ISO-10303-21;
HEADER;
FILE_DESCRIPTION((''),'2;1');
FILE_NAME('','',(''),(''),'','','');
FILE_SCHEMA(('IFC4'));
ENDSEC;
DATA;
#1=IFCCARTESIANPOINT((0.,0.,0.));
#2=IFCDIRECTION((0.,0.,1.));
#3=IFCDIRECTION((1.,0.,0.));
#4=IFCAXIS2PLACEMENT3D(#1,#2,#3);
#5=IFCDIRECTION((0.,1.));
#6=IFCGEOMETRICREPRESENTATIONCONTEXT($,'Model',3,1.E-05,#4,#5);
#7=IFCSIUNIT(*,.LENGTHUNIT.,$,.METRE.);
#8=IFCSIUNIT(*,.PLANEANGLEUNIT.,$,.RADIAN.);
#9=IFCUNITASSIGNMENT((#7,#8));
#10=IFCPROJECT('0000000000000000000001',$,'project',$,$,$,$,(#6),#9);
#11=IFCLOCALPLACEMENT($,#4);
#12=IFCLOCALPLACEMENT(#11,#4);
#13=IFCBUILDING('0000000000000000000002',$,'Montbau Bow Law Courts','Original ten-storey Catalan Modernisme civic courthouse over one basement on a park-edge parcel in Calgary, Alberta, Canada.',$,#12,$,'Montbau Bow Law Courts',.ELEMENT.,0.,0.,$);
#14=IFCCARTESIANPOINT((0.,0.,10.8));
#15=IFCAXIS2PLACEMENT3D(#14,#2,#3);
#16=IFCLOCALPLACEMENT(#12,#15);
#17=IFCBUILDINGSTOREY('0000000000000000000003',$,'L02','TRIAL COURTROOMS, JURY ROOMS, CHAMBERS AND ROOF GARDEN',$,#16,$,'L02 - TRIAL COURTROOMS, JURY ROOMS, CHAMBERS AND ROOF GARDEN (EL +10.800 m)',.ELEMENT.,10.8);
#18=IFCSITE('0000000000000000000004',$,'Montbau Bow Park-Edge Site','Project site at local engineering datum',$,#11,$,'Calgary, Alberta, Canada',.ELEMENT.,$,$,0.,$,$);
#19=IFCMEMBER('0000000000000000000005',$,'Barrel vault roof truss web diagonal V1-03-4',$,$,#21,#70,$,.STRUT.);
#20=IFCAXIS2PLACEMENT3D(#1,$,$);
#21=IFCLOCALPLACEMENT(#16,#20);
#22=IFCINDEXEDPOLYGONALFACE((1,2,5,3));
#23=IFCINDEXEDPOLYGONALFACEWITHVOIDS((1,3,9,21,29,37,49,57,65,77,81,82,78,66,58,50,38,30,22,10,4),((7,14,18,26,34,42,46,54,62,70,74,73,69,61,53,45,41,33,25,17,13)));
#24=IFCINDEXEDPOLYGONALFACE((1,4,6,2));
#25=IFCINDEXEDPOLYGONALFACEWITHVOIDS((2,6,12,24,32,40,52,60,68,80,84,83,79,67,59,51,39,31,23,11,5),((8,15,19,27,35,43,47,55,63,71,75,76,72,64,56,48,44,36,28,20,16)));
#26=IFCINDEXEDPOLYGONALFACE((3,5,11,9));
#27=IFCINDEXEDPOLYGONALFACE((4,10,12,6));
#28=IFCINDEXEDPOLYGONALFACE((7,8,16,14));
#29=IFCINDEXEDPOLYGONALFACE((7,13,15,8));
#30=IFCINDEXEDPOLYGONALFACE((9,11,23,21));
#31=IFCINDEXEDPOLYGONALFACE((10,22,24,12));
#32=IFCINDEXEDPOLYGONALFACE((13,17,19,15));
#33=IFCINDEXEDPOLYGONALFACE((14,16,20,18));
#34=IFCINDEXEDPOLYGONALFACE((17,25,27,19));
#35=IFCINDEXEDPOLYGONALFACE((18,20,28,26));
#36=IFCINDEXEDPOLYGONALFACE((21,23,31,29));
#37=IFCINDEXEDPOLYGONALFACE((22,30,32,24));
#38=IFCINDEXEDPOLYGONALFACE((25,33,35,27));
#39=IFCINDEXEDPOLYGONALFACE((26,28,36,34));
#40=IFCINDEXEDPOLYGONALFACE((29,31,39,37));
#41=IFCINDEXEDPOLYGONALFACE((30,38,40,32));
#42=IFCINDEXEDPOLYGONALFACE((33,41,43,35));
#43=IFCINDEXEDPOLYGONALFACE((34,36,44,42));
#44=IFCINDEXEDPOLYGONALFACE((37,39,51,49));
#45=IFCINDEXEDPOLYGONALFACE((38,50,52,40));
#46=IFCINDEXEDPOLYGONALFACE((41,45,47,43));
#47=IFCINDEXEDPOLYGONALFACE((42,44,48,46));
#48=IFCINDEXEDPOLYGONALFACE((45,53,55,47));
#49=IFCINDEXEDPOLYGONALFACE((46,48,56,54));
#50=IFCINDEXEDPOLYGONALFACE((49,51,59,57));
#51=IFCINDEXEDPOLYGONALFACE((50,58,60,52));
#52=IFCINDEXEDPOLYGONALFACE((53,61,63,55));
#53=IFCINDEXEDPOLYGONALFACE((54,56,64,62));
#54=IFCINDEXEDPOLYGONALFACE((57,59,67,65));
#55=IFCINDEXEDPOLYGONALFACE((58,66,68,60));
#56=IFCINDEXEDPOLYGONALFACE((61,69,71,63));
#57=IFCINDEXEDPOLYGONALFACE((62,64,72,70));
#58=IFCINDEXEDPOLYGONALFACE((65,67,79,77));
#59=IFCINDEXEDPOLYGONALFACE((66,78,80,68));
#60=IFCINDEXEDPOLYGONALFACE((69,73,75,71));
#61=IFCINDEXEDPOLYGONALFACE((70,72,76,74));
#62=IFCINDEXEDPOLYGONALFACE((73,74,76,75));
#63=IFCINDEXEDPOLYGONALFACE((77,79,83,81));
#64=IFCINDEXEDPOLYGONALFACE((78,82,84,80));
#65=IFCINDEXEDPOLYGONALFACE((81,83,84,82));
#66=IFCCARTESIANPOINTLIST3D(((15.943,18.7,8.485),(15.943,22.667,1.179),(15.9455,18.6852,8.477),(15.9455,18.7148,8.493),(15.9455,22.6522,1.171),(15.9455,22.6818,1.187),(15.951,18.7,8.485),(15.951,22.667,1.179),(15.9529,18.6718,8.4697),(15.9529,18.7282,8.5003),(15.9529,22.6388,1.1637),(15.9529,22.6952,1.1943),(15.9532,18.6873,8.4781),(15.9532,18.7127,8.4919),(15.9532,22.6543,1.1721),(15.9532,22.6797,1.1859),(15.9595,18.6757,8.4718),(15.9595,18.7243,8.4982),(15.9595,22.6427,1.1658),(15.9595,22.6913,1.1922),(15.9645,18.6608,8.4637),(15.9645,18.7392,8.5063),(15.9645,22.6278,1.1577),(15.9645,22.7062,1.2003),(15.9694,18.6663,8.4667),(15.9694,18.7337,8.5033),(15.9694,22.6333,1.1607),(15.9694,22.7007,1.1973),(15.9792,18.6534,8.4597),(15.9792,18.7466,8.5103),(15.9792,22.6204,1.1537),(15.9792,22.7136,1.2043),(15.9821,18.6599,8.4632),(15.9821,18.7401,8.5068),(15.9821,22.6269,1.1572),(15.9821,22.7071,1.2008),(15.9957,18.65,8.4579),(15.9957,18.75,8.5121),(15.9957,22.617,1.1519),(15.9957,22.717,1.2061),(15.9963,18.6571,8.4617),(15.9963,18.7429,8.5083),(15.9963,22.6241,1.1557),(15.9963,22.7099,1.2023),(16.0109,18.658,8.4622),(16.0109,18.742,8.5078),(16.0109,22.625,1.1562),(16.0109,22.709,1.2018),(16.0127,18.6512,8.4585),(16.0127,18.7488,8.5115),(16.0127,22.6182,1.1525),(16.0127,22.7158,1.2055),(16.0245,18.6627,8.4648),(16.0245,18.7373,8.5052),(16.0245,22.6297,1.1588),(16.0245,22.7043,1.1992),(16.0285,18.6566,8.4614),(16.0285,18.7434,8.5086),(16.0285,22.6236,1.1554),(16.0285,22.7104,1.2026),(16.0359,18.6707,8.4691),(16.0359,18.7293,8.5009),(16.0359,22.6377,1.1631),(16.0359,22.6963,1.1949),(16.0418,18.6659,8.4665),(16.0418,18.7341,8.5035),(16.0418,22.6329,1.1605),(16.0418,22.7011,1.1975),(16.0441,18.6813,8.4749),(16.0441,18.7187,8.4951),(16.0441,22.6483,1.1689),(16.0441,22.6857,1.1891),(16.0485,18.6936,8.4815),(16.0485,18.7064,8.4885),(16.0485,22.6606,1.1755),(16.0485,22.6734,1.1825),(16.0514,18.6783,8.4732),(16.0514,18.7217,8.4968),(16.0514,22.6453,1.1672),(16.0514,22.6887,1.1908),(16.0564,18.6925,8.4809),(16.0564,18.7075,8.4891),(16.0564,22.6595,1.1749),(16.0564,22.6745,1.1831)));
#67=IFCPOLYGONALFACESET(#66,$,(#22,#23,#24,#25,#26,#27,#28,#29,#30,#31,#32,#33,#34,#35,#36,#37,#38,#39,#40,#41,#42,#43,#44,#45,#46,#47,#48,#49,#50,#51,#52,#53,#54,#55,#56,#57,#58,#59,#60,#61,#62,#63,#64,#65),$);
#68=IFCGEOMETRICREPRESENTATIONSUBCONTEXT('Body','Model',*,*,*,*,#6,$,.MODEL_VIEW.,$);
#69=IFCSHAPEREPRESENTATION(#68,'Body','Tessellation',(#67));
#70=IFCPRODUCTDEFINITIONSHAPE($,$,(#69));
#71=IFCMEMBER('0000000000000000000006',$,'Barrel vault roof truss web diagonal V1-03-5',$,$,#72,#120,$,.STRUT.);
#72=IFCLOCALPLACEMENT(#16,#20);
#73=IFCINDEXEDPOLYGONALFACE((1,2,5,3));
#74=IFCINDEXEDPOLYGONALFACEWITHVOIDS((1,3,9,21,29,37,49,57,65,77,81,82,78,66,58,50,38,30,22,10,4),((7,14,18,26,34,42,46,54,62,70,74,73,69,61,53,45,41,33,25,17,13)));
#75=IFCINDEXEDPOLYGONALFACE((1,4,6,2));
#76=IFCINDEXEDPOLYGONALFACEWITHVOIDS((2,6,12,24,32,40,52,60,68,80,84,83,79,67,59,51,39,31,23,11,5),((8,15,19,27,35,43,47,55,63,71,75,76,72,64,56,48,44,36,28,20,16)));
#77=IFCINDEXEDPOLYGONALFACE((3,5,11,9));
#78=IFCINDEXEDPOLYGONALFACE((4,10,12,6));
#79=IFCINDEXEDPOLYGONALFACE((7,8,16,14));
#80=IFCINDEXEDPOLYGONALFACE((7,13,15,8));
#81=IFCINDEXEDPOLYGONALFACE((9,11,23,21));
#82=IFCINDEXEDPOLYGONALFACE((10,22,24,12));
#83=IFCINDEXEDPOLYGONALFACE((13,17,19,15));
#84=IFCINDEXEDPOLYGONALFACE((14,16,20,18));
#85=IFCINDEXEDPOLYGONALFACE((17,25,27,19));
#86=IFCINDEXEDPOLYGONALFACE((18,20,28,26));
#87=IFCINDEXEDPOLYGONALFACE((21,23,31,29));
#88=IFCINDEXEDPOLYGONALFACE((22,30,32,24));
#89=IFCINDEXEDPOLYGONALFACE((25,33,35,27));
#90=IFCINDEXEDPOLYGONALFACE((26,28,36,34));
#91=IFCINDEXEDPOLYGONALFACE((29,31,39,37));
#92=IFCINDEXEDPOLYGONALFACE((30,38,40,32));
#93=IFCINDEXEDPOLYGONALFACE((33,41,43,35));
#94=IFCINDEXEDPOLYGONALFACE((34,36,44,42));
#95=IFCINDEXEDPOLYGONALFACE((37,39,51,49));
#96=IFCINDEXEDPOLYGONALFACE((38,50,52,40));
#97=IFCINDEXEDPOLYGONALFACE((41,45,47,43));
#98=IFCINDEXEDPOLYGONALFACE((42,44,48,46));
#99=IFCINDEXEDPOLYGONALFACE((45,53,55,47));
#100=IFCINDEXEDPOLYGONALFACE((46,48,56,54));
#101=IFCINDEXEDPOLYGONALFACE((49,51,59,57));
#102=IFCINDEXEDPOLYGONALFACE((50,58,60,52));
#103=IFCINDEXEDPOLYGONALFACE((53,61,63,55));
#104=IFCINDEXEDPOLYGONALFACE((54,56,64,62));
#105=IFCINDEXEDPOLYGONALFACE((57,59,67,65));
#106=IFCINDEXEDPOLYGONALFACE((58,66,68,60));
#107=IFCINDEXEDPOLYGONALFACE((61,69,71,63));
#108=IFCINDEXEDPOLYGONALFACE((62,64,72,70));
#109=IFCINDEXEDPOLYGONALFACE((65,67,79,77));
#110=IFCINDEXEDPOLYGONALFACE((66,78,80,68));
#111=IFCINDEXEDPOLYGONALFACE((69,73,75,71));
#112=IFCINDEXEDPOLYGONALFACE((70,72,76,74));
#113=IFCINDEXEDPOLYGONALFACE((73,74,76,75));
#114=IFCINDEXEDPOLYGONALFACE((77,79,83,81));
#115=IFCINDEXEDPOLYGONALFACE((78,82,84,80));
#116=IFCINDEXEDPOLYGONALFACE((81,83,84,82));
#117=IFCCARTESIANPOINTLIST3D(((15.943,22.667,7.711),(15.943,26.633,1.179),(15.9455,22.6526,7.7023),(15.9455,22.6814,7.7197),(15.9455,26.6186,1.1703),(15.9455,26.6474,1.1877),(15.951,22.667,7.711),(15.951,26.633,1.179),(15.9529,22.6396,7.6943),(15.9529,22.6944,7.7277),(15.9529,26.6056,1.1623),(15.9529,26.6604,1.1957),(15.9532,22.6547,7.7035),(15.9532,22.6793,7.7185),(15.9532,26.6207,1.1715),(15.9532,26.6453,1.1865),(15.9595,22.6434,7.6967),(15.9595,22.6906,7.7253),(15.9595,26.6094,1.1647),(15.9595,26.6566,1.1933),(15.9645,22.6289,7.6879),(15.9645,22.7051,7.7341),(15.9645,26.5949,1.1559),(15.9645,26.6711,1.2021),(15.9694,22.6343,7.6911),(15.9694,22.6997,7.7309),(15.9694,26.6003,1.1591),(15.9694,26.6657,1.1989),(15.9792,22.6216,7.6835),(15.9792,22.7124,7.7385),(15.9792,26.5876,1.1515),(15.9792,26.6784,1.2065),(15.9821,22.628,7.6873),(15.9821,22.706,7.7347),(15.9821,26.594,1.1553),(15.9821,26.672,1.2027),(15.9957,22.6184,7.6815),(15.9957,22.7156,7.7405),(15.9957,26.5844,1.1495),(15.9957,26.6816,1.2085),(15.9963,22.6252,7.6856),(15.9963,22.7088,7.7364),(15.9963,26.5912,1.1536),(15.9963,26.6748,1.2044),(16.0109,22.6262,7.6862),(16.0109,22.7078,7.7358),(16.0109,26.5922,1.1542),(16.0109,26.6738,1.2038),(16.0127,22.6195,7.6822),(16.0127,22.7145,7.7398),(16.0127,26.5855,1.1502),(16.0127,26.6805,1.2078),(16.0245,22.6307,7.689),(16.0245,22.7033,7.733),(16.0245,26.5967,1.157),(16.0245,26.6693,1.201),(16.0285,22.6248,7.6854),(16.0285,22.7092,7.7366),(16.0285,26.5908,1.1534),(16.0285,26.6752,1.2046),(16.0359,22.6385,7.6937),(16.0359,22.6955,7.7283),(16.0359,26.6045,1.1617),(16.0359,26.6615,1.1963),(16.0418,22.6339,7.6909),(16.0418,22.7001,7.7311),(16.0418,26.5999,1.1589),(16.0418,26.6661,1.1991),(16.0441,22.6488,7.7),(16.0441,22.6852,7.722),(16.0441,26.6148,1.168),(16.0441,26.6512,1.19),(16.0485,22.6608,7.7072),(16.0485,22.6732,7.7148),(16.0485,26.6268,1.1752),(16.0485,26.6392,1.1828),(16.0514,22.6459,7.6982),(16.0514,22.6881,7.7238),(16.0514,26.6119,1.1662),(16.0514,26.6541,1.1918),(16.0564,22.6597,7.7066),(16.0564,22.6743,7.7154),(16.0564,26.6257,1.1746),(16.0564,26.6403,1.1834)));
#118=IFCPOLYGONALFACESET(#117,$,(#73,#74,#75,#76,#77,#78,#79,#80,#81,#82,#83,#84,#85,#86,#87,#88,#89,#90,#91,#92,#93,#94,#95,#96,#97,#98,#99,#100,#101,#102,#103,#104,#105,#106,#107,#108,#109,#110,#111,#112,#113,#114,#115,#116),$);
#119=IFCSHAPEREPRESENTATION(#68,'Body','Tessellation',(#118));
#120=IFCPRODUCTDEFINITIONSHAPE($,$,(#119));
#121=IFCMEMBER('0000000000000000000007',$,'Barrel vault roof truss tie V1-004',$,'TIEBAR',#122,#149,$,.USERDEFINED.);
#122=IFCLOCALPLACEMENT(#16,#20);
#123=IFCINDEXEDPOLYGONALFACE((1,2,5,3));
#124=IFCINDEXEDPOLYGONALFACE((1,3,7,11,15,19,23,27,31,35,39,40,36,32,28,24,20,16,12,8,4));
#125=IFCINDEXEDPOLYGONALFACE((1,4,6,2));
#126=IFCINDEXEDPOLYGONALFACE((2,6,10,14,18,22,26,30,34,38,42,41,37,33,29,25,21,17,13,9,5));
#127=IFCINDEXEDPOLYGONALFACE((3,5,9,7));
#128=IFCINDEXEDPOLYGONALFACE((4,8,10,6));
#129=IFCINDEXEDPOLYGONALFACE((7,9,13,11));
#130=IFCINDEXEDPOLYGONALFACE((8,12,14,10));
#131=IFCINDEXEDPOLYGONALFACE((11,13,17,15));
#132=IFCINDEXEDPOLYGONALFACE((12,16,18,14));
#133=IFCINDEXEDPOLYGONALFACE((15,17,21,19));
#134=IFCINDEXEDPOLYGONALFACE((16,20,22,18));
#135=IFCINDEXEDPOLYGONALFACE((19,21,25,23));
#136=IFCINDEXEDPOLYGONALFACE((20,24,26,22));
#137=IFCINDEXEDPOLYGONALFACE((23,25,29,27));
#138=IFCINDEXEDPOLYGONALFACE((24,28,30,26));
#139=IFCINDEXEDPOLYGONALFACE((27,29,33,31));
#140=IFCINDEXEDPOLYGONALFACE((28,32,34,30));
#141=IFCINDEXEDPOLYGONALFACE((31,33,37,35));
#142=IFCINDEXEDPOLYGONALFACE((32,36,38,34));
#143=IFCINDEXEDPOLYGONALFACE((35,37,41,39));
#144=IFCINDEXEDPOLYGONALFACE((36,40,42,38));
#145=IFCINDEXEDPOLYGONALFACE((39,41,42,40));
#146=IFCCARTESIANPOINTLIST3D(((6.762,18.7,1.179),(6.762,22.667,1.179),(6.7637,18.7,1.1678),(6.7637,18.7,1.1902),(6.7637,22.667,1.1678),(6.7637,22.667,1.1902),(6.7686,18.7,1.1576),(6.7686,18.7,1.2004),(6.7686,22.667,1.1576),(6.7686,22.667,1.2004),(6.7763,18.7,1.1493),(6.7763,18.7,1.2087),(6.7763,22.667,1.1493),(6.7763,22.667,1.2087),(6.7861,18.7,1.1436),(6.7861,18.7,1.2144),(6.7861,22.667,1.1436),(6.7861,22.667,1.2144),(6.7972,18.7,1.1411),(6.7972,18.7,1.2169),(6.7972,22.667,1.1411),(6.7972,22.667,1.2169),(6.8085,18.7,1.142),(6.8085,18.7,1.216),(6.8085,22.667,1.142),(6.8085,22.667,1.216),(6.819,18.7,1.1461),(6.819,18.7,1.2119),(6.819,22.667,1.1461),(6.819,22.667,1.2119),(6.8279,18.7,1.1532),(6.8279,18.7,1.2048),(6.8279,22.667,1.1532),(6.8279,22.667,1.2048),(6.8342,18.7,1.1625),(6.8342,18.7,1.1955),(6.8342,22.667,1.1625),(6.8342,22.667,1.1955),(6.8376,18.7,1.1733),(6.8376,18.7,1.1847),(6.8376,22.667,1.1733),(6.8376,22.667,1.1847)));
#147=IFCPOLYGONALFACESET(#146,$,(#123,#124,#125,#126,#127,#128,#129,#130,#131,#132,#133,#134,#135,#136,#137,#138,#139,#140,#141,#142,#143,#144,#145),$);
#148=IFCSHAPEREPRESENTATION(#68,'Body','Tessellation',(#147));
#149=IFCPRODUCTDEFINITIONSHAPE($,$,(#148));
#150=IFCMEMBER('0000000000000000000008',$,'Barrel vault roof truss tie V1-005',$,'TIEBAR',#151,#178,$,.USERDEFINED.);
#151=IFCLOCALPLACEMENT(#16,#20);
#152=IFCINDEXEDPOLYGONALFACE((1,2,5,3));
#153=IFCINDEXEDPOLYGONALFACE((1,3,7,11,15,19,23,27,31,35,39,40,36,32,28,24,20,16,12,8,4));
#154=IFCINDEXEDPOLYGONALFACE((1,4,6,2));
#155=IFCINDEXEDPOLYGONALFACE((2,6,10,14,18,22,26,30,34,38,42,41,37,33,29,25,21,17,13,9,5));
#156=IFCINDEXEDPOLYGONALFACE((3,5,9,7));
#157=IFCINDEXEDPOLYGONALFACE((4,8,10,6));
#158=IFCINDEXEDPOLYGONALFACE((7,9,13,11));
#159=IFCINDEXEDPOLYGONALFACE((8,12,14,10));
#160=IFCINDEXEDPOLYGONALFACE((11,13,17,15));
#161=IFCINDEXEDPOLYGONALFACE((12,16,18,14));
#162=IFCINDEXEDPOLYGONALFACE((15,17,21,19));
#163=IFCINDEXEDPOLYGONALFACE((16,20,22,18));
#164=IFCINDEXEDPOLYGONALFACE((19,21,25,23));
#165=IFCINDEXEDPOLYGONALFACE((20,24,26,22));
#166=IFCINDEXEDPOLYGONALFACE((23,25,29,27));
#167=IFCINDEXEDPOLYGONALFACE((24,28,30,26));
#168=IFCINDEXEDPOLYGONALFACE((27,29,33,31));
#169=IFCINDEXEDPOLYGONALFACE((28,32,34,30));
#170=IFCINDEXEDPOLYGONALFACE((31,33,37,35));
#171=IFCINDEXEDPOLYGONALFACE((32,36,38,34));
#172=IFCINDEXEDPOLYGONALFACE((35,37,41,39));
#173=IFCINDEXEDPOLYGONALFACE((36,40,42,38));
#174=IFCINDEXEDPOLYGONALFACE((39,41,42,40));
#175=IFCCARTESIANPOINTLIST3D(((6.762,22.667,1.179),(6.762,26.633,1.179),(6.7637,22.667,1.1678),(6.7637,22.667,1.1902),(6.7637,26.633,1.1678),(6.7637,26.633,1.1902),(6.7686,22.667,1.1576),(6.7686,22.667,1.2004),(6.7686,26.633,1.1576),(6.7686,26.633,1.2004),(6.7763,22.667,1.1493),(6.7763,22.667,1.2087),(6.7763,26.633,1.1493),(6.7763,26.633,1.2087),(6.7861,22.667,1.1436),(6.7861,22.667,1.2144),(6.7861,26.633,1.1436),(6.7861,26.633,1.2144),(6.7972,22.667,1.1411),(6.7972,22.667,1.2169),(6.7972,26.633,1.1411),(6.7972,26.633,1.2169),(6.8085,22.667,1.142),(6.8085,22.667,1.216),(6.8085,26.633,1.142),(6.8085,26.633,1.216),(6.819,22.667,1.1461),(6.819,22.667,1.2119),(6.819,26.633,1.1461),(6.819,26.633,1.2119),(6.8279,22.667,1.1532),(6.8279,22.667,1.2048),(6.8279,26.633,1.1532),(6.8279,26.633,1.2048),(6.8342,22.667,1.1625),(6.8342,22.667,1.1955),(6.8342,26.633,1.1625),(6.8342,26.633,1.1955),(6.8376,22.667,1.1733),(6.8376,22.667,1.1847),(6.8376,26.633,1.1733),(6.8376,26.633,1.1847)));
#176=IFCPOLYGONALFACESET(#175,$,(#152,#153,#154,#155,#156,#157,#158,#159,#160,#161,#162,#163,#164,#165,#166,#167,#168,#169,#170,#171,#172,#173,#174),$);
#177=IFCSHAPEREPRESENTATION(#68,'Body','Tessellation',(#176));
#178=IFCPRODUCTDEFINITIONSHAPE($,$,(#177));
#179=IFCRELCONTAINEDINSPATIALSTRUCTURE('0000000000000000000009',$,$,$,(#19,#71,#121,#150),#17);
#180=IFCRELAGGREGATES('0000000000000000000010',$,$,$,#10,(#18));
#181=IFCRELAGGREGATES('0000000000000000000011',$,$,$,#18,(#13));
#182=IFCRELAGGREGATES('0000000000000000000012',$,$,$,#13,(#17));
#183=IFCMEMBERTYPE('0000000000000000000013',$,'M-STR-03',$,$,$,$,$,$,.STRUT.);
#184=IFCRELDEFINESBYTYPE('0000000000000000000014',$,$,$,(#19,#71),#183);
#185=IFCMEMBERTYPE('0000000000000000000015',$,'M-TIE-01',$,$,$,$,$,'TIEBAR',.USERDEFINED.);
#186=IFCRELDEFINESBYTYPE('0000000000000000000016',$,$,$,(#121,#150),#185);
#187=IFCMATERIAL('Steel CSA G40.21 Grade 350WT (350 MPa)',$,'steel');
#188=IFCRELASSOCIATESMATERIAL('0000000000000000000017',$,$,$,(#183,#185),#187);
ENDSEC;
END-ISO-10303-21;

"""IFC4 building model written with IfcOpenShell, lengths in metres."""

from ifc_helpers import new_model, si_unit, direction, frame, origin_with_axes, origin_2d_with_axis, place, context, subcontext, project, spatial, circle, hollow_circle, extrude, material, material_profile, profile_set, type_object, element, save


model = new_model("IFC4")

# Units and contexts
model_context = context("Model", 3, precision=1e-05, world=origin_with_axes(), true_north=direction((0.0, 1.0)))
body_context = subcontext(model_context, "Body", "Model", "MODEL_VIEW")
ifc_project = project(units=[si_unit("LENGTHUNIT", "METRE"), si_unit("PLANEANGLEUNIT", "RADIAN")], contexts=[model_context])

# Site, building, storey
site_placement = place(None, origin_with_axes())
site = spatial("IfcSite", under=ifc_project, at=site_placement, Name="Montbau Bow Park-Edge Site", Description="Project site at local engineering datum", LongName="Calgary, Alberta, Canada", CompositionType="ELEMENT", RefElevation=0.0)
building_placement = place(site_placement, origin_with_axes())
building = spatial("IfcBuilding", under=site, at=building_placement, Name="Montbau Bow Law Courts", Description="Original ten-storey Catalan Modernisme civic courthouse over one basement on a park-edge parcel in Calgary, Alberta, Canada.", LongName="Montbau Bow Law Courts", CompositionType="ELEMENT", ElevationOfRefHeight=0.0, ElevationOfTerrain=0.0)
storey_placement = place(building_placement, frame((0.0, 0.0, 10.8), z_axis=(0.0, 0.0, 1.0), x_axis=(1.0, 0.0, 0.0)))
storey = spatial("IfcBuildingStorey", under=building, at=storey_placement, Name="L02", Description="TRIAL COURTROOMS, JURY ROOMS, CHAMBERS AND ROOF GARDEN", LongName="L02 - TRIAL COURTROOMS, JURY ROOMS, CHAMBERS AND ROOF GARDEN (EL +10.800 m)", CompositionType="ELEMENT", Elevation=10.8)

# Shared definitions
ifc_material = material(Name="Steel CSA G40.21 Grade 350WT (350 MPa)", Category="steel")

# Members
ifc_material_profile_1 = material_profile(ifc_material, hollow_circle(Radius=0.057, WallThickness=0.008, at=origin_2d_with_axis()), Name="HSS114X8.0", Category="Main", Priority=0)
ifc_profile_set_1 = profile_set([ifc_material_profile_1], Name="Steel CSA G40.21 Grade 350WT (350 MPa)")
member_type_1 = type_object("IfcMemberType", Name="M-STR-03", PredefinedType="STRUT", material=ifc_profile_set_1)
member_1_placement = place(None, frame((16.0, 18.7, 19.285), z_axis=(0.0, 0.477174, -0.878809), x_axis=(-1.0, 0.0, 0.0)))
element("IfcMember", 1, at=member_1_placement, inside=storey, type_object=member_type_1, Name="Barrel vault roof truss web diagonal V1-03-4", PredefinedType="STRUT", context=body_context, shape_type="SweptSolid", body=[
    extrude(hollow_circle(Radius=0.057, WallThickness=0.008, at=origin_2d_with_axis()), origin_with_axes(), (0.0, 0.0, 1.0), 8.3135),
])
member_2_placement = place(None, frame((16.0, 22.667, 18.511), z_axis=(0.0, 0.518992, -0.854779), x_axis=(-1.0, 0.0, 0.0)))
element("IfcMember", 2, at=member_2_placement, inside=storey, type_object=member_type_1, Name="Barrel vault roof truss web diagonal V1-03-5", PredefinedType="STRUT", context=body_context, shape_type="SweptSolid", body=[
    extrude(hollow_circle(Radius=0.057, WallThickness=0.008, at=origin_2d_with_axis()), origin_with_axes(), (0.0, 0.0, 1.0), 7.6417),
])
ifc_material_profile_2 = material_profile(ifc_material, circle(Radius=0.038, at=origin_2d_with_axis()), Name="ROD76", Category="Main", Priority=0)
ifc_profile_set_2 = profile_set([ifc_material_profile_2], Name="Steel CSA G40.21 Grade 350WT (350 MPa)")
member_type_2 = type_object("IfcMemberType", Name="M-TIE-01", ElementType="TIEBAR", PredefinedType="USERDEFINED", material=ifc_profile_set_2)
member_3_placement = place(None, frame((6.8, 18.7, 11.979), z_axis=(0.0, 1.0, 0.0), x_axis=(-1.0, 0.0, 0.0)))
element("IfcMember", 3, at=member_3_placement, inside=storey, type_object=member_type_2, Name="Barrel vault roof truss tie V1-004", ObjectType="TIEBAR", PredefinedType="USERDEFINED", context=body_context, shape_type="SweptSolid", body=[
    extrude(circle(Radius=0.038, at=origin_2d_with_axis()), origin_with_axes(), (0.0, 0.0, 1.0), 3.967),
])
member_4_placement = place(None, frame((6.8, 22.667, 11.979), z_axis=(0.0, 1.0, 0.0), x_axis=(-1.0, 0.0, 0.0)))
element("IfcMember", 4, at=member_4_placement, inside=storey, type_object=member_type_2, Name="Barrel vault roof truss tie V1-005", ObjectType="TIEBAR", PredefinedType="USERDEFINED", context=body_context, shape_type="SweptSolid", body=[
    extrude(circle(Radius=0.038, at=origin_2d_with_axis()), origin_with_axes(), (0.0, 0.0, 1.0), 3.966),
])

save(model, "model.ifc")
